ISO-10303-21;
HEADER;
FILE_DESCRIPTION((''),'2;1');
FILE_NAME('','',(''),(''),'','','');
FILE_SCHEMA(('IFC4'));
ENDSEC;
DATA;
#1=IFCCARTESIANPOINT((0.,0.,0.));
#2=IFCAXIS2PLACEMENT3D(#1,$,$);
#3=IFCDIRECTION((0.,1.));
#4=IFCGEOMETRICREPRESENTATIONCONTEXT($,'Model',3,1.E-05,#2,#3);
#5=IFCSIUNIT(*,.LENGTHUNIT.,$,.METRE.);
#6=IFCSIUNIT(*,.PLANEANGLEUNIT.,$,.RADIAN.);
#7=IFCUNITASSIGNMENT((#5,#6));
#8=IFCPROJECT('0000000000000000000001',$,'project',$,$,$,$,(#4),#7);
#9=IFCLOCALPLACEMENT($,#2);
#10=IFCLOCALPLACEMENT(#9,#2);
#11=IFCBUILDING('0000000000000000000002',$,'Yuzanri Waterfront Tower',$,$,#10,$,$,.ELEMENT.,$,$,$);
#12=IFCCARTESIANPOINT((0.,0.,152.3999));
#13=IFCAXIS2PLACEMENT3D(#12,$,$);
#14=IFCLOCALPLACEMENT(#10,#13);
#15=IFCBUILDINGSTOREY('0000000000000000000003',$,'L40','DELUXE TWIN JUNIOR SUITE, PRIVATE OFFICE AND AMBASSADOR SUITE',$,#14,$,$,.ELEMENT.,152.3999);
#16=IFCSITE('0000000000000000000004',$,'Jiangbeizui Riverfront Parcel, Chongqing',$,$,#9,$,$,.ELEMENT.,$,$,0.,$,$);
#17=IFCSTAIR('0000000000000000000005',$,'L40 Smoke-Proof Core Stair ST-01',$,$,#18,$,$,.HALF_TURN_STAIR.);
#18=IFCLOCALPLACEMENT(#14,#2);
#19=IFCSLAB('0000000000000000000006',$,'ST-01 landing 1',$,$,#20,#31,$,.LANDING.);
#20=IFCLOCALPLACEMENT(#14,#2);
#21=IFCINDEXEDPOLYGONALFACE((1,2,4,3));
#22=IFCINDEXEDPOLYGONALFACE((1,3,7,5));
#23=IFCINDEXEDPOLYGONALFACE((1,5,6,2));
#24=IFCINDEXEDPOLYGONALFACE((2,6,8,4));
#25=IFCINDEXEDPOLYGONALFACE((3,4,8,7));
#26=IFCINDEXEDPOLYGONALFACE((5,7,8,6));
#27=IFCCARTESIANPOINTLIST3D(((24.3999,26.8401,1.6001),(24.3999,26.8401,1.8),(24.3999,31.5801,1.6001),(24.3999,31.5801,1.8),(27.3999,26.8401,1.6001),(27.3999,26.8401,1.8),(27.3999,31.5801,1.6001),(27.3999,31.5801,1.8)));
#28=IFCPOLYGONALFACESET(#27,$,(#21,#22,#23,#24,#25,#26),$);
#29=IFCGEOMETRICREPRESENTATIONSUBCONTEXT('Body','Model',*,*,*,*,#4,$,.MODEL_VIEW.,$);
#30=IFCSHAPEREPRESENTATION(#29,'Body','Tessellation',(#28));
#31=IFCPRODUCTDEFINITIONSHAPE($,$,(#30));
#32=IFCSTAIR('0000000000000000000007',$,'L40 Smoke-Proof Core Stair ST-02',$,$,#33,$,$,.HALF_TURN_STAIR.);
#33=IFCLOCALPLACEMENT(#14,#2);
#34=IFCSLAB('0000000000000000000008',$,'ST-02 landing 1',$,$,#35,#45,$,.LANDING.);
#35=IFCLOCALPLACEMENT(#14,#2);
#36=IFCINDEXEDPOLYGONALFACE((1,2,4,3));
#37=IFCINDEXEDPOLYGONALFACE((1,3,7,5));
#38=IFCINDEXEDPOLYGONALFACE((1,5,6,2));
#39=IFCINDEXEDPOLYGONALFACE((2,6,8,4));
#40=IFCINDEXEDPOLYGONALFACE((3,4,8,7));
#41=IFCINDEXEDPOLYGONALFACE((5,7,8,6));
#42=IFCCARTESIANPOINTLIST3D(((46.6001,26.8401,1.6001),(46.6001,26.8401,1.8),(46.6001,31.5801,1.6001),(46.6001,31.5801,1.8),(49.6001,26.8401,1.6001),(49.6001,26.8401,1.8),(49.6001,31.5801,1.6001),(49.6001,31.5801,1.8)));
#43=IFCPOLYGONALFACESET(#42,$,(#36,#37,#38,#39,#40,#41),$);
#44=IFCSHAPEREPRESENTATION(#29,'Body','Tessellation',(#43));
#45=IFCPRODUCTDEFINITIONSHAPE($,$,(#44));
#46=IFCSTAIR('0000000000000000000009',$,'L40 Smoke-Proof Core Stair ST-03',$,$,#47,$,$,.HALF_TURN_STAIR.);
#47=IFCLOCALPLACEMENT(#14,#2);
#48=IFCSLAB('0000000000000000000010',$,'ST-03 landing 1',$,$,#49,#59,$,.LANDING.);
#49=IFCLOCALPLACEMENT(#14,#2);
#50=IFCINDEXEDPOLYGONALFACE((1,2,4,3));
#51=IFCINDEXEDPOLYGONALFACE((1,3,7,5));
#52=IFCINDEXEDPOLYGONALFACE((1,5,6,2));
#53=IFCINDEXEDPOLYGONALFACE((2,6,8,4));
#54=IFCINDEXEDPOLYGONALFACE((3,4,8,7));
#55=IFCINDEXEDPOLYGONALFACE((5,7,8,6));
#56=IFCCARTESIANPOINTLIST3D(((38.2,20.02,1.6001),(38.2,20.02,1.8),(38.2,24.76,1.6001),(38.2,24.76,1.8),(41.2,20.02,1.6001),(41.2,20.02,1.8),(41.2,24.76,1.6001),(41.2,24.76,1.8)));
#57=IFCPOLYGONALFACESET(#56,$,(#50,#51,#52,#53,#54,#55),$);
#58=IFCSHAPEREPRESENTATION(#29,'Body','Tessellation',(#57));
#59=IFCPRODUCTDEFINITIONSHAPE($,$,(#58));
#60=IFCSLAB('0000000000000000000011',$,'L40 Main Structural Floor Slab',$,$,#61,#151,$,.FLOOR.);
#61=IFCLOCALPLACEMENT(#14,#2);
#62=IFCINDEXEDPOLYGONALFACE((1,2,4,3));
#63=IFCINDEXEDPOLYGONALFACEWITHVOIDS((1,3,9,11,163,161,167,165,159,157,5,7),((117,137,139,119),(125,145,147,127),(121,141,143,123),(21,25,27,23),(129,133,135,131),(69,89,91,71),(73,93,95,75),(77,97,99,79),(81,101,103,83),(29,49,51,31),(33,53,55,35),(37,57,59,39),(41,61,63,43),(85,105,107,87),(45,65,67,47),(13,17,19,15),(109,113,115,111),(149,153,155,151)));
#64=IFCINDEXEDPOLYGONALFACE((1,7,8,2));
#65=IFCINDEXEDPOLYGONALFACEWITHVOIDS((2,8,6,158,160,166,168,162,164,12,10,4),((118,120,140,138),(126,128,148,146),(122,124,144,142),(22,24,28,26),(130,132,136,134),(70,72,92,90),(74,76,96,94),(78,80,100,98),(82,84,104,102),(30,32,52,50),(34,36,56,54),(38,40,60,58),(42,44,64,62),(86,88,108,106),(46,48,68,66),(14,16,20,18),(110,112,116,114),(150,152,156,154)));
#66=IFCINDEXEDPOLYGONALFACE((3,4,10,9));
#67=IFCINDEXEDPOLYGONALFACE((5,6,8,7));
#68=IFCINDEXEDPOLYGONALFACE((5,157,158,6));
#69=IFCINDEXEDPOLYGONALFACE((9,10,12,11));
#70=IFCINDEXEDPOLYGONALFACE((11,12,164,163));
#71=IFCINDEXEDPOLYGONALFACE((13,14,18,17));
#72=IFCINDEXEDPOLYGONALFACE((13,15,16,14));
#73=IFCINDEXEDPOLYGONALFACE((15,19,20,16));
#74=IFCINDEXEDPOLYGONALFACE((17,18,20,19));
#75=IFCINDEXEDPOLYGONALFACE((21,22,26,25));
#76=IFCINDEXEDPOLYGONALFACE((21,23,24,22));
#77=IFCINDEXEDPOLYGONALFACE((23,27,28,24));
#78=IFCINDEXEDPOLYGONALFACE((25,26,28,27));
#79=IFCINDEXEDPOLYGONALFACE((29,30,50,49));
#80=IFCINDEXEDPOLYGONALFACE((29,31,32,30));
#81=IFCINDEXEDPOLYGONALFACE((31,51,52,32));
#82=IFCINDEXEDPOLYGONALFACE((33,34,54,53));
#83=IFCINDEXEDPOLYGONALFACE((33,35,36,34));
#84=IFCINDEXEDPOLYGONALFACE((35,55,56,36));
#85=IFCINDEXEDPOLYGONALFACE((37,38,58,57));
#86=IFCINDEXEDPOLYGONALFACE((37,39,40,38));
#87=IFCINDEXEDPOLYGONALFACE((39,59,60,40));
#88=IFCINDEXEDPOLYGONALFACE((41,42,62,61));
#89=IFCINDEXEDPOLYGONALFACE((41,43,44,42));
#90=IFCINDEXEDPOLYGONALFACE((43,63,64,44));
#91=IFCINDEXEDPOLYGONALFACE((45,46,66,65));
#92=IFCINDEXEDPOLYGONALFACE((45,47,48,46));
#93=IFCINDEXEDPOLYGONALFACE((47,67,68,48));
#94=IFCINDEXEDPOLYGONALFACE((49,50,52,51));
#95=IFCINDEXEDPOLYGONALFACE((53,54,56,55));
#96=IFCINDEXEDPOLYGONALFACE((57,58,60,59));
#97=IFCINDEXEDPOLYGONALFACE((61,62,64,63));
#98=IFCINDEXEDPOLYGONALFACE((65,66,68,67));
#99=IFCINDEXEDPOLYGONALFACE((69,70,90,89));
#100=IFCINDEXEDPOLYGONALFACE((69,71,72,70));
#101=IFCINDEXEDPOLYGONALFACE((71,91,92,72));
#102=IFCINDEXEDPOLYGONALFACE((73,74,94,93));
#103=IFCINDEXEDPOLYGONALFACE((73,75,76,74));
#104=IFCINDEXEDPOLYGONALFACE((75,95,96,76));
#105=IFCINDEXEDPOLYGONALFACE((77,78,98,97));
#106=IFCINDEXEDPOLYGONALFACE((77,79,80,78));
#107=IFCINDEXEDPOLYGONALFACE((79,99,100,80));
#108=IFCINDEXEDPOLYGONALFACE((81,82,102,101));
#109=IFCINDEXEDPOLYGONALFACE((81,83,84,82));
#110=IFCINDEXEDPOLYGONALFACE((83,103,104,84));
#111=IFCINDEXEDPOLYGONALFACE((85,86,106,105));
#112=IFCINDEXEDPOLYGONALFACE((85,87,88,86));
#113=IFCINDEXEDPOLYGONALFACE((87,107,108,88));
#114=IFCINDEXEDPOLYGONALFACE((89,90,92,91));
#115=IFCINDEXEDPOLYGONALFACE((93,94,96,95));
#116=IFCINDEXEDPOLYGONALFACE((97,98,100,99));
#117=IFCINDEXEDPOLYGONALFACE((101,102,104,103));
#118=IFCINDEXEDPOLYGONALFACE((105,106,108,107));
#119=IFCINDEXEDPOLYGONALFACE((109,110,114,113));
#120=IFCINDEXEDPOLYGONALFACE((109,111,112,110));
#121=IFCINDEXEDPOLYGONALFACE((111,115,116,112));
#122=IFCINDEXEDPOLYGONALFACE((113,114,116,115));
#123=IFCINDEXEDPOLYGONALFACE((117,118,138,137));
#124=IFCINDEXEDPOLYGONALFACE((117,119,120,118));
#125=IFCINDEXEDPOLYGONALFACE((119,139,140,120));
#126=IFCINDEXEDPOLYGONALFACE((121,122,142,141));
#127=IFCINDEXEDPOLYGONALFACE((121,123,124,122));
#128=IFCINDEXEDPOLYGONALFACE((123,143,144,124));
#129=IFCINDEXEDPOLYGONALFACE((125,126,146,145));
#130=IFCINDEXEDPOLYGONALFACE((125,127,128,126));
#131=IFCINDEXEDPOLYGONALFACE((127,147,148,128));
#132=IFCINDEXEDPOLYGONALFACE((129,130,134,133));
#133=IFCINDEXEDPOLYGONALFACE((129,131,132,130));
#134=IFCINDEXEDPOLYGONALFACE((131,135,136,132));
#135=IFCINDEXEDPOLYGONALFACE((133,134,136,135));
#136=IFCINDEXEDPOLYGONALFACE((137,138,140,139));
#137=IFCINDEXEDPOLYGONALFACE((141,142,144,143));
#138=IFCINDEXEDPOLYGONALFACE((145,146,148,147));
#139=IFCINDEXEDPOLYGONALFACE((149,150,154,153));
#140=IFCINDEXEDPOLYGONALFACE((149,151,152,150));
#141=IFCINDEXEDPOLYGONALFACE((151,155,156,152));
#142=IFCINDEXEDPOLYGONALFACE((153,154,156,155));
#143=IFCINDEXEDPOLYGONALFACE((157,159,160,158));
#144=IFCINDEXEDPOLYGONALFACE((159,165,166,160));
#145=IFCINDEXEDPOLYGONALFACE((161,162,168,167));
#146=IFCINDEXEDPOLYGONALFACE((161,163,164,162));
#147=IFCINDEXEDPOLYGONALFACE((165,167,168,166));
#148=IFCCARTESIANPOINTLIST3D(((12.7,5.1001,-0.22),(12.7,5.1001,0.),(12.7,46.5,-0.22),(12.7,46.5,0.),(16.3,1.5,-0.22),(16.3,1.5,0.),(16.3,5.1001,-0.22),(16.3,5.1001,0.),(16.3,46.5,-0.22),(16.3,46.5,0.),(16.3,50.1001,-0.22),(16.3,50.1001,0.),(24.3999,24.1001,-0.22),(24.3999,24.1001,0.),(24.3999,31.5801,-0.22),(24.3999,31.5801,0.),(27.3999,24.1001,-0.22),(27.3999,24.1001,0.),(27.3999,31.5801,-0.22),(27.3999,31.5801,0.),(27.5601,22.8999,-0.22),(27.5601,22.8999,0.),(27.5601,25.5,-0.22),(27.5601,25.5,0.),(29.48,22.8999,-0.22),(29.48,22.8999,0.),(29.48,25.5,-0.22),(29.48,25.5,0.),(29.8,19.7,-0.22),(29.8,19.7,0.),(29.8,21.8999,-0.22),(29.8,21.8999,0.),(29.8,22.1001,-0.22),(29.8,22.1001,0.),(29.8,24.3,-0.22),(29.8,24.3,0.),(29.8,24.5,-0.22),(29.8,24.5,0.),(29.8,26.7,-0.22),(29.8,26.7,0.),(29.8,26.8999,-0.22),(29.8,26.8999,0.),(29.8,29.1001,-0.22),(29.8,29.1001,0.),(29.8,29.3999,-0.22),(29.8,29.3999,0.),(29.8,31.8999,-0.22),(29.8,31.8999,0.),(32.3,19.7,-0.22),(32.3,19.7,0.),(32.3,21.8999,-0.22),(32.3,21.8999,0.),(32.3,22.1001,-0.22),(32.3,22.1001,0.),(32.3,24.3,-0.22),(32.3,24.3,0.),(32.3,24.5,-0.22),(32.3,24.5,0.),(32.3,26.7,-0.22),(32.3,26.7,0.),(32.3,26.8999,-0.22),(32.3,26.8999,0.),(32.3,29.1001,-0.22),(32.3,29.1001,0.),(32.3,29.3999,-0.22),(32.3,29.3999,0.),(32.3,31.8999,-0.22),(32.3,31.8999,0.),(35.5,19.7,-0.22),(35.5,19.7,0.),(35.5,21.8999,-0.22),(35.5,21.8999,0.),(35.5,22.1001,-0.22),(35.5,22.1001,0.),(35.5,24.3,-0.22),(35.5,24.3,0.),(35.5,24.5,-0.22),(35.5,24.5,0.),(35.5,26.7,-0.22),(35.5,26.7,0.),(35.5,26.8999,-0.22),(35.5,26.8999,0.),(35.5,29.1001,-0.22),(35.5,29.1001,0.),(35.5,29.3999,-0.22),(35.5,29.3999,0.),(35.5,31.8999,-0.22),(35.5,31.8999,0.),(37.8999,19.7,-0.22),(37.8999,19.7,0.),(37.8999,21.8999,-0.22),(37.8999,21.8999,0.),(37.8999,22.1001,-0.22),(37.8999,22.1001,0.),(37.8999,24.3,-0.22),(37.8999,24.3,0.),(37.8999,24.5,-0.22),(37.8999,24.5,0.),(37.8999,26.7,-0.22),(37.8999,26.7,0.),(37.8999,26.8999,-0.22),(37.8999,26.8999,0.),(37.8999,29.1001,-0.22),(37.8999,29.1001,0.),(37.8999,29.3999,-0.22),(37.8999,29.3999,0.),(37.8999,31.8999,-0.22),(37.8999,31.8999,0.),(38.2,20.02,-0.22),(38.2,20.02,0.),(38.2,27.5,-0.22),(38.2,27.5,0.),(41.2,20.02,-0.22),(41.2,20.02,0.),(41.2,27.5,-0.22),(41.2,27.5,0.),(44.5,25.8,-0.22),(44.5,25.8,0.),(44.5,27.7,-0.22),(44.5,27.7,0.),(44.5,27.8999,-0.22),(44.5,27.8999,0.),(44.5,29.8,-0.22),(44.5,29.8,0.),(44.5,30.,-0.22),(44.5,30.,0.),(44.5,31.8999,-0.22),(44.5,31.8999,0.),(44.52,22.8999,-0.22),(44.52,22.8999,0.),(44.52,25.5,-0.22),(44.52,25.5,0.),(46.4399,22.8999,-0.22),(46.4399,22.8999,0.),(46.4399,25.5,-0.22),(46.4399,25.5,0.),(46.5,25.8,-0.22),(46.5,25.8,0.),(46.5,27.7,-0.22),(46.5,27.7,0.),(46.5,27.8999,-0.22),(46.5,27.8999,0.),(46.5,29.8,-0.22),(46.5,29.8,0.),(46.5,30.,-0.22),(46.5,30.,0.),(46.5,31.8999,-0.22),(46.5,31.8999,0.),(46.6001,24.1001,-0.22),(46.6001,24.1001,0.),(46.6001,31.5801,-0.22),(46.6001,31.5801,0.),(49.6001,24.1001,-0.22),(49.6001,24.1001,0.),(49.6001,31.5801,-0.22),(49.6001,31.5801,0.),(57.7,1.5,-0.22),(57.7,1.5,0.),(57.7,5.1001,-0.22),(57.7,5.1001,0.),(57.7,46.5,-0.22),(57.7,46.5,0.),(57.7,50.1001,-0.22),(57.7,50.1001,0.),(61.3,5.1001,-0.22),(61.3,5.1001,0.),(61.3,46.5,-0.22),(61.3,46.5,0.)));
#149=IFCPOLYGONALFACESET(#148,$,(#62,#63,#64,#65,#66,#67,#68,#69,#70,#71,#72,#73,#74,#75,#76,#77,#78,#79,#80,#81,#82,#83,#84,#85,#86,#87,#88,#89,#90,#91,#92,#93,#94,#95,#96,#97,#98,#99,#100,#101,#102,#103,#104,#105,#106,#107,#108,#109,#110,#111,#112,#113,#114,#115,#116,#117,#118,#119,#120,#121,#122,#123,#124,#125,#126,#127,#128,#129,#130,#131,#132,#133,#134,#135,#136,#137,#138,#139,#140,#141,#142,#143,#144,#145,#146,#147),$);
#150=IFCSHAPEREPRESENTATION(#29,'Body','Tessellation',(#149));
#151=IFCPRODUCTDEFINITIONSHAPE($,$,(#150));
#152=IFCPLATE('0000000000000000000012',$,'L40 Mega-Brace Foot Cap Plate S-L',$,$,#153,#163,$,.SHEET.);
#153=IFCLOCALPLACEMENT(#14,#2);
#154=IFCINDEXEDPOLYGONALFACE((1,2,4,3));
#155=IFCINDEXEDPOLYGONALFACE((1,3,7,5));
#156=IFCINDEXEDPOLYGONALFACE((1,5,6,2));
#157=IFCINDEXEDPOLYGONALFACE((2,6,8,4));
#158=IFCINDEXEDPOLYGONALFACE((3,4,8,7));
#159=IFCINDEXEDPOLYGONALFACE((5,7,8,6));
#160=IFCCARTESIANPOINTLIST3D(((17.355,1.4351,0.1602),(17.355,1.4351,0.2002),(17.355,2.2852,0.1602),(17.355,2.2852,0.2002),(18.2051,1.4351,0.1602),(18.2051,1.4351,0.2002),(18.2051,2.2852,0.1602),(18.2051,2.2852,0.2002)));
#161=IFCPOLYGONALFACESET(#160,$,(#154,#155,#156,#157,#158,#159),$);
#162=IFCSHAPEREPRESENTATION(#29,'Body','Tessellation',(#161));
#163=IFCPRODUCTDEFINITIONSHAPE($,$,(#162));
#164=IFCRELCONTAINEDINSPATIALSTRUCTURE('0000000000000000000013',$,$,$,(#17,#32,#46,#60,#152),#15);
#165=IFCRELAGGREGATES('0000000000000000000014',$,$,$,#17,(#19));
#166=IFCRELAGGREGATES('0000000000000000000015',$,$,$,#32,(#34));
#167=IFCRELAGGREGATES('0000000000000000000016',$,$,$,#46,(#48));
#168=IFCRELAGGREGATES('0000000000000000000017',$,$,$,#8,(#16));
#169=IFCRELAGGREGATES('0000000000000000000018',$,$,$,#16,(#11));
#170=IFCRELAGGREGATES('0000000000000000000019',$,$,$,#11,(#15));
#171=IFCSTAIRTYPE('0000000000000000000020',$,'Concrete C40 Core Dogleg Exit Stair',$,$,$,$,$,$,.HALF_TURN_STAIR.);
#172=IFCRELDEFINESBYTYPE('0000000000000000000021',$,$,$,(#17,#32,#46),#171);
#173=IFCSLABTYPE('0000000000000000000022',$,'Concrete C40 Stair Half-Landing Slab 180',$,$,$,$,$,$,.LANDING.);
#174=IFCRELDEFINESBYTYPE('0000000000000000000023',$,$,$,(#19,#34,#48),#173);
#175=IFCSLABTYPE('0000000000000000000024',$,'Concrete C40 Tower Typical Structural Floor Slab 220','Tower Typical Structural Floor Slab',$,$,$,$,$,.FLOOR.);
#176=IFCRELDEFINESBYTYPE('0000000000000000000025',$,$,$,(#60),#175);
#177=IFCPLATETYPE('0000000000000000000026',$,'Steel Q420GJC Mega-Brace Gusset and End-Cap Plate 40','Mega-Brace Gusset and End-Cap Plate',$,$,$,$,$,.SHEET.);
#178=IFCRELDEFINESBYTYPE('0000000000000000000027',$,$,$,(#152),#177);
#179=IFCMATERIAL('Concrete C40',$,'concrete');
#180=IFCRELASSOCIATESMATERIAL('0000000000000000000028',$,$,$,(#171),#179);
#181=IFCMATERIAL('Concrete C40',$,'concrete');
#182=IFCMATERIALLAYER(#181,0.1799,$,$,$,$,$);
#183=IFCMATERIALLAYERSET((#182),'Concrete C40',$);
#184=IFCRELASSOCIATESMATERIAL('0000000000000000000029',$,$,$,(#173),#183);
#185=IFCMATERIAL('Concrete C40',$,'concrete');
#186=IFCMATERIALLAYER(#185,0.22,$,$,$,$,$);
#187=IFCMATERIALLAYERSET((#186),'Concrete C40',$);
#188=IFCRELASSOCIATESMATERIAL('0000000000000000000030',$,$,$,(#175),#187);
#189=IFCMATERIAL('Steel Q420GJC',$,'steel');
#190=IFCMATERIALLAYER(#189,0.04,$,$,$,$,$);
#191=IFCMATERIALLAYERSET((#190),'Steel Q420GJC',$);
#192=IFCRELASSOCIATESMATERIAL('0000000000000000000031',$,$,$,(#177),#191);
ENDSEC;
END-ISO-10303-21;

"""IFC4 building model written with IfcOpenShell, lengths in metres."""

from ifc_helpers import new_model, si_unit, direction, frame, origin, origin_2d, place, context, subcontext, project, spatial, polyline, rectangle, outline, extrude, source, transform, mapped, material, layer, layer_set, type_object, element, aggregate, save


model = new_model("IFC4")

# Units and contexts
model_context = context("Model", 3, precision=1e-05, world=origin(), true_north=direction((0.0, 1.0)))
body_context = subcontext(model_context, "Body", "Model", "MODEL_VIEW")
ifc_project = project(units=[si_unit("LENGTHUNIT", "METRE"), si_unit("PLANEANGLEUNIT", "RADIAN")], contexts=[model_context])

# Site, building, storey
site_placement = place(None, origin())
site = spatial("IfcSite", under=ifc_project, at=site_placement, Name="Jiangbeizui Riverfront Parcel, Chongqing", CompositionType="ELEMENT", RefElevation=0.0)
building_placement = place(site_placement, origin())
building = spatial("IfcBuilding", under=site, at=building_placement, Name="Yuzanri Waterfront Tower", CompositionType="ELEMENT")
storey_placement = place(building_placement, frame((0.0, 0.0, 152.3999)))
storey = spatial("IfcBuildingStorey", under=building, at=storey_placement, Name="L40", Description="DELUXE TWIN JUNIOR SUITE, PRIVATE OFFICE AND AMBASSADOR SUITE", CompositionType="ELEMENT", Elevation=152.3999)

# Stairs, slabs
ifc_material_1 = material(Name="Concrete C40", Category="concrete")
stair_type = type_object("IfcStairType", Name="Concrete C40 Core Dogleg Exit Stair", PredefinedType="HALF_TURN_STAIR", material=ifc_material_1)
stair_1_placement = place(storey_placement, origin())
stair_1 = element("IfcStair", 1, at=stair_1_placement, inside=storey, type_object=stair_type, Name="L40 Smoke-Proof Core Stair ST-01", PredefinedType="HALF_TURN_STAIR")
ifc_material_2 = material(Name="Concrete C40", Category="concrete")
ifc_layer_1 = layer(ifc_material_2, 0.1799)
ifc_layer_set_1 = layer_set([ifc_layer_1], Name="Concrete C40")
slab_type_1 = type_object("IfcSlabType", Name="Concrete C40 Stair Half-Landing Slab 180", PredefinedType="LANDING", material=ifc_layer_set_1)
slab_1_placement = place(storey_placement, frame((0.0, 0.0, 1.6001)))
slab_1 = element("IfcSlab", 2, at=slab_1_placement, type_object=slab_type_1, Name="ST-01 landing 1", PredefinedType="LANDING", context=body_context, shape_type="SweptSolid", body=[
    extrude(outline(polyline([(27.3999, 26.8401), (27.3999, 31.5801), (24.3999, 31.5801), (24.3999, 26.8401), (27.3999, 26.8401)])), origin(), (0.0, 0.0, 1.0), 0.2),
])
aggregate(stair_1, [slab_1])
stair_2_placement = place(storey_placement, origin())
stair_2 = element("IfcStair", 3, at=stair_2_placement, inside=storey, type_object=stair_type, Name="L40 Smoke-Proof Core Stair ST-02", PredefinedType="HALF_TURN_STAIR")
slab_2_placement = place(storey_placement, frame((0.0, 0.0, 1.6001)))
slab_2 = element("IfcSlab", 4, at=slab_2_placement, type_object=slab_type_1, Name="ST-02 landing 1", PredefinedType="LANDING", context=body_context, shape_type="SweptSolid", body=[
    extrude(outline(polyline([(49.6001, 26.8401), (49.6001, 31.5801), (46.6001, 31.5801), (46.6001, 26.8401), (49.6001, 26.8401)])), origin(), (0.0, 0.0, 1.0), 0.2),
])
aggregate(stair_2, [slab_2])
stair_3_placement = place(storey_placement, origin())
stair_3 = element("IfcStair", 5, at=stair_3_placement, inside=storey, type_object=stair_type, Name="L40 Smoke-Proof Core Stair ST-03", PredefinedType="HALF_TURN_STAIR")
slab_3_placement = place(storey_placement, frame((0.0, 0.0, 1.6001)))
slab_3 = element("IfcSlab", 6, at=slab_3_placement, type_object=slab_type_1, Name="ST-03 landing 1", PredefinedType="LANDING", context=body_context, shape_type="SweptSolid", body=[
    extrude(outline(polyline([(38.2, 24.76), (38.2, 20.02), (41.2, 20.02), (41.2, 24.76), (38.2, 24.76)])), origin(), (0.0, 0.0, 1.0), 0.2),
])
aggregate(stair_3, [slab_3])

# Slab
ifc_material_3 = material(Name="Concrete C40", Category="concrete")
ifc_layer_2 = layer(ifc_material_3, 0.22)
ifc_layer_set_2 = layer_set([ifc_layer_2], Name="Concrete C40")
slab_type_2 = type_object("IfcSlabType", Name="Concrete C40 Tower Typical Structural Floor Slab 220", Description="Tower Typical Structural Floor Slab", PredefinedType="FLOOR", material=ifc_layer_set_2)
slab_4_placement = place(storey_placement, frame((0.0, 0.0, -0.22)))
element("IfcSlab", 7, at=slab_4_placement, inside=storey, type_object=slab_type_2, Name="L40 Main Structural Floor Slab", PredefinedType="FLOOR", context=body_context, shape_type="SweptSolid", body=[
    extrude(outline(polyline([(16.3, 1.5), (57.7, 1.5), (57.7, 5.1001), (61.3, 5.1001), (61.3, 46.5), (57.7, 46.5), (57.7, 50.1001), (16.3, 50.1001), (16.3, 46.5), (12.7, 46.5), (12.7, 5.1001), (16.3, 5.1001), (16.3, 1.5)]), holes=[polyline([(27.3999, 24.1001), (27.3999, 31.5801), (24.3999, 31.5801), (24.3999, 24.1001), (27.3999, 24.1001)]), polyline([(49.6001, 24.1001), (49.6001, 31.5801), (46.6001, 31.5801), (46.6001, 24.1001), (49.6001, 24.1001)]), polyline([(38.2, 27.5), (38.2, 20.02), (41.2, 20.02), (41.2, 27.5), (38.2, 27.5)]), polyline([(27.5601, 22.8999), (29.48, 22.8999), (29.48, 25.5), (27.5601, 25.5), (27.5601, 22.8999)]), polyline([(44.52, 22.8999), (46.4399, 22.8999), (46.4399, 25.5), (44.52, 25.5), (44.52, 22.8999)]), polyline([(29.8, 19.7), (32.3, 19.7), (32.3, 21.8999), (29.8, 21.8999), (29.8, 19.7)]), polyline([(29.8, 22.1001), (32.3, 22.1001), (32.3, 24.3), (29.8, 24.3), (29.8, 22.1001)]), polyline([(29.8, 24.5), (32.3, 24.5), (32.3, 26.7), (29.8, 26.7), (29.8, 24.5)]), polyline([(29.8, 26.8999), (32.3, 26.8999), (32.3, 29.1001), (29.8, 29.1001), (29.8, 26.8999)]), polyline([(29.8, 29.3999), (32.3, 29.3999), (32.3, 31.8999), (29.8, 31.8999), (29.8, 29.3999)]), polyline([(35.5, 19.7), (37.8999, 19.7), (37.8999, 21.8999), (35.5, 21.8999), (35.5, 19.7)]), polyline([(35.5, 22.1001), (37.8999, 22.1001), (37.8999, 24.3), (35.5, 24.3), (35.5, 22.1001)]), polyline([(35.5, 24.5), (37.8999, 24.5), (37.8999, 26.7), (35.5, 26.7), (35.5, 24.5)]), polyline([(35.5, 26.8999), (37.8999, 26.8999), (37.8999, 29.1001), (35.5, 29.1001), (35.5, 26.8999)]), polyline([(35.5, 29.3999), (37.8999, 29.3999), (37.8999, 31.8999), (35.5, 31.8999), (35.5, 29.3999)]), polyline([(44.5, 25.8), (46.5, 25.8), (46.5, 27.7), (44.5, 27.7), (44.5, 25.8)]), polyline([(44.5, 27.8999), (46.5, 27.8999), (46.5, 29.8), (44.5, 29.8), (44.5, 27.8999)]), polyline([(44.5, 30.0), (46.5, 30.0), (46.5, 31.8999), (44.5, 31.8999), (44.5, 30.0)])]), origin(), (0.0, 0.0, 1.0), 0.22),
])

# Plate
ifc_material_4 = material(Name="Steel Q420GJC", Category="steel")
ifc_layer_3 = layer(ifc_material_4, 0.04)
ifc_layer_set_3 = layer_set([ifc_layer_3], Name="Steel Q420GJC")
plate_type = type_object("IfcPlateType", Name="Steel Q420GJC Mega-Brace Gusset and End-Cap Plate 40", Description="Mega-Brace Gusset and End-Cap Plate", PredefinedType="SHEET", material=ifc_layer_set_3)
shared_shape_1 = source(origin(), body_context, "Body", "SweptSolid", [
    extrude(rectangle(XDim=0.8501, YDim=0.8501, at=origin_2d()), origin(), (0.0, 0.0, 1.0), 0.04),
])
plate_placement = place(storey_placement, frame((17.78, 1.8601, 0.1602), z_axis=(0.0, 0.0, 1.0), x_axis=(1.0, 0.0, 0.0)))
element("IfcPlate", 8, at=plate_placement, inside=storey, type_object=plate_type, Name="L40 Mega-Brace Foot Cap Plate S-L", PredefinedType="SHEET", context=body_context, shape_type="MappedRepresentation", body=[
    mapped(shared_shape_1, transform((0.0, 0.0, 0.0), scale=1.0)),
])

save(model, "model.ifc")
